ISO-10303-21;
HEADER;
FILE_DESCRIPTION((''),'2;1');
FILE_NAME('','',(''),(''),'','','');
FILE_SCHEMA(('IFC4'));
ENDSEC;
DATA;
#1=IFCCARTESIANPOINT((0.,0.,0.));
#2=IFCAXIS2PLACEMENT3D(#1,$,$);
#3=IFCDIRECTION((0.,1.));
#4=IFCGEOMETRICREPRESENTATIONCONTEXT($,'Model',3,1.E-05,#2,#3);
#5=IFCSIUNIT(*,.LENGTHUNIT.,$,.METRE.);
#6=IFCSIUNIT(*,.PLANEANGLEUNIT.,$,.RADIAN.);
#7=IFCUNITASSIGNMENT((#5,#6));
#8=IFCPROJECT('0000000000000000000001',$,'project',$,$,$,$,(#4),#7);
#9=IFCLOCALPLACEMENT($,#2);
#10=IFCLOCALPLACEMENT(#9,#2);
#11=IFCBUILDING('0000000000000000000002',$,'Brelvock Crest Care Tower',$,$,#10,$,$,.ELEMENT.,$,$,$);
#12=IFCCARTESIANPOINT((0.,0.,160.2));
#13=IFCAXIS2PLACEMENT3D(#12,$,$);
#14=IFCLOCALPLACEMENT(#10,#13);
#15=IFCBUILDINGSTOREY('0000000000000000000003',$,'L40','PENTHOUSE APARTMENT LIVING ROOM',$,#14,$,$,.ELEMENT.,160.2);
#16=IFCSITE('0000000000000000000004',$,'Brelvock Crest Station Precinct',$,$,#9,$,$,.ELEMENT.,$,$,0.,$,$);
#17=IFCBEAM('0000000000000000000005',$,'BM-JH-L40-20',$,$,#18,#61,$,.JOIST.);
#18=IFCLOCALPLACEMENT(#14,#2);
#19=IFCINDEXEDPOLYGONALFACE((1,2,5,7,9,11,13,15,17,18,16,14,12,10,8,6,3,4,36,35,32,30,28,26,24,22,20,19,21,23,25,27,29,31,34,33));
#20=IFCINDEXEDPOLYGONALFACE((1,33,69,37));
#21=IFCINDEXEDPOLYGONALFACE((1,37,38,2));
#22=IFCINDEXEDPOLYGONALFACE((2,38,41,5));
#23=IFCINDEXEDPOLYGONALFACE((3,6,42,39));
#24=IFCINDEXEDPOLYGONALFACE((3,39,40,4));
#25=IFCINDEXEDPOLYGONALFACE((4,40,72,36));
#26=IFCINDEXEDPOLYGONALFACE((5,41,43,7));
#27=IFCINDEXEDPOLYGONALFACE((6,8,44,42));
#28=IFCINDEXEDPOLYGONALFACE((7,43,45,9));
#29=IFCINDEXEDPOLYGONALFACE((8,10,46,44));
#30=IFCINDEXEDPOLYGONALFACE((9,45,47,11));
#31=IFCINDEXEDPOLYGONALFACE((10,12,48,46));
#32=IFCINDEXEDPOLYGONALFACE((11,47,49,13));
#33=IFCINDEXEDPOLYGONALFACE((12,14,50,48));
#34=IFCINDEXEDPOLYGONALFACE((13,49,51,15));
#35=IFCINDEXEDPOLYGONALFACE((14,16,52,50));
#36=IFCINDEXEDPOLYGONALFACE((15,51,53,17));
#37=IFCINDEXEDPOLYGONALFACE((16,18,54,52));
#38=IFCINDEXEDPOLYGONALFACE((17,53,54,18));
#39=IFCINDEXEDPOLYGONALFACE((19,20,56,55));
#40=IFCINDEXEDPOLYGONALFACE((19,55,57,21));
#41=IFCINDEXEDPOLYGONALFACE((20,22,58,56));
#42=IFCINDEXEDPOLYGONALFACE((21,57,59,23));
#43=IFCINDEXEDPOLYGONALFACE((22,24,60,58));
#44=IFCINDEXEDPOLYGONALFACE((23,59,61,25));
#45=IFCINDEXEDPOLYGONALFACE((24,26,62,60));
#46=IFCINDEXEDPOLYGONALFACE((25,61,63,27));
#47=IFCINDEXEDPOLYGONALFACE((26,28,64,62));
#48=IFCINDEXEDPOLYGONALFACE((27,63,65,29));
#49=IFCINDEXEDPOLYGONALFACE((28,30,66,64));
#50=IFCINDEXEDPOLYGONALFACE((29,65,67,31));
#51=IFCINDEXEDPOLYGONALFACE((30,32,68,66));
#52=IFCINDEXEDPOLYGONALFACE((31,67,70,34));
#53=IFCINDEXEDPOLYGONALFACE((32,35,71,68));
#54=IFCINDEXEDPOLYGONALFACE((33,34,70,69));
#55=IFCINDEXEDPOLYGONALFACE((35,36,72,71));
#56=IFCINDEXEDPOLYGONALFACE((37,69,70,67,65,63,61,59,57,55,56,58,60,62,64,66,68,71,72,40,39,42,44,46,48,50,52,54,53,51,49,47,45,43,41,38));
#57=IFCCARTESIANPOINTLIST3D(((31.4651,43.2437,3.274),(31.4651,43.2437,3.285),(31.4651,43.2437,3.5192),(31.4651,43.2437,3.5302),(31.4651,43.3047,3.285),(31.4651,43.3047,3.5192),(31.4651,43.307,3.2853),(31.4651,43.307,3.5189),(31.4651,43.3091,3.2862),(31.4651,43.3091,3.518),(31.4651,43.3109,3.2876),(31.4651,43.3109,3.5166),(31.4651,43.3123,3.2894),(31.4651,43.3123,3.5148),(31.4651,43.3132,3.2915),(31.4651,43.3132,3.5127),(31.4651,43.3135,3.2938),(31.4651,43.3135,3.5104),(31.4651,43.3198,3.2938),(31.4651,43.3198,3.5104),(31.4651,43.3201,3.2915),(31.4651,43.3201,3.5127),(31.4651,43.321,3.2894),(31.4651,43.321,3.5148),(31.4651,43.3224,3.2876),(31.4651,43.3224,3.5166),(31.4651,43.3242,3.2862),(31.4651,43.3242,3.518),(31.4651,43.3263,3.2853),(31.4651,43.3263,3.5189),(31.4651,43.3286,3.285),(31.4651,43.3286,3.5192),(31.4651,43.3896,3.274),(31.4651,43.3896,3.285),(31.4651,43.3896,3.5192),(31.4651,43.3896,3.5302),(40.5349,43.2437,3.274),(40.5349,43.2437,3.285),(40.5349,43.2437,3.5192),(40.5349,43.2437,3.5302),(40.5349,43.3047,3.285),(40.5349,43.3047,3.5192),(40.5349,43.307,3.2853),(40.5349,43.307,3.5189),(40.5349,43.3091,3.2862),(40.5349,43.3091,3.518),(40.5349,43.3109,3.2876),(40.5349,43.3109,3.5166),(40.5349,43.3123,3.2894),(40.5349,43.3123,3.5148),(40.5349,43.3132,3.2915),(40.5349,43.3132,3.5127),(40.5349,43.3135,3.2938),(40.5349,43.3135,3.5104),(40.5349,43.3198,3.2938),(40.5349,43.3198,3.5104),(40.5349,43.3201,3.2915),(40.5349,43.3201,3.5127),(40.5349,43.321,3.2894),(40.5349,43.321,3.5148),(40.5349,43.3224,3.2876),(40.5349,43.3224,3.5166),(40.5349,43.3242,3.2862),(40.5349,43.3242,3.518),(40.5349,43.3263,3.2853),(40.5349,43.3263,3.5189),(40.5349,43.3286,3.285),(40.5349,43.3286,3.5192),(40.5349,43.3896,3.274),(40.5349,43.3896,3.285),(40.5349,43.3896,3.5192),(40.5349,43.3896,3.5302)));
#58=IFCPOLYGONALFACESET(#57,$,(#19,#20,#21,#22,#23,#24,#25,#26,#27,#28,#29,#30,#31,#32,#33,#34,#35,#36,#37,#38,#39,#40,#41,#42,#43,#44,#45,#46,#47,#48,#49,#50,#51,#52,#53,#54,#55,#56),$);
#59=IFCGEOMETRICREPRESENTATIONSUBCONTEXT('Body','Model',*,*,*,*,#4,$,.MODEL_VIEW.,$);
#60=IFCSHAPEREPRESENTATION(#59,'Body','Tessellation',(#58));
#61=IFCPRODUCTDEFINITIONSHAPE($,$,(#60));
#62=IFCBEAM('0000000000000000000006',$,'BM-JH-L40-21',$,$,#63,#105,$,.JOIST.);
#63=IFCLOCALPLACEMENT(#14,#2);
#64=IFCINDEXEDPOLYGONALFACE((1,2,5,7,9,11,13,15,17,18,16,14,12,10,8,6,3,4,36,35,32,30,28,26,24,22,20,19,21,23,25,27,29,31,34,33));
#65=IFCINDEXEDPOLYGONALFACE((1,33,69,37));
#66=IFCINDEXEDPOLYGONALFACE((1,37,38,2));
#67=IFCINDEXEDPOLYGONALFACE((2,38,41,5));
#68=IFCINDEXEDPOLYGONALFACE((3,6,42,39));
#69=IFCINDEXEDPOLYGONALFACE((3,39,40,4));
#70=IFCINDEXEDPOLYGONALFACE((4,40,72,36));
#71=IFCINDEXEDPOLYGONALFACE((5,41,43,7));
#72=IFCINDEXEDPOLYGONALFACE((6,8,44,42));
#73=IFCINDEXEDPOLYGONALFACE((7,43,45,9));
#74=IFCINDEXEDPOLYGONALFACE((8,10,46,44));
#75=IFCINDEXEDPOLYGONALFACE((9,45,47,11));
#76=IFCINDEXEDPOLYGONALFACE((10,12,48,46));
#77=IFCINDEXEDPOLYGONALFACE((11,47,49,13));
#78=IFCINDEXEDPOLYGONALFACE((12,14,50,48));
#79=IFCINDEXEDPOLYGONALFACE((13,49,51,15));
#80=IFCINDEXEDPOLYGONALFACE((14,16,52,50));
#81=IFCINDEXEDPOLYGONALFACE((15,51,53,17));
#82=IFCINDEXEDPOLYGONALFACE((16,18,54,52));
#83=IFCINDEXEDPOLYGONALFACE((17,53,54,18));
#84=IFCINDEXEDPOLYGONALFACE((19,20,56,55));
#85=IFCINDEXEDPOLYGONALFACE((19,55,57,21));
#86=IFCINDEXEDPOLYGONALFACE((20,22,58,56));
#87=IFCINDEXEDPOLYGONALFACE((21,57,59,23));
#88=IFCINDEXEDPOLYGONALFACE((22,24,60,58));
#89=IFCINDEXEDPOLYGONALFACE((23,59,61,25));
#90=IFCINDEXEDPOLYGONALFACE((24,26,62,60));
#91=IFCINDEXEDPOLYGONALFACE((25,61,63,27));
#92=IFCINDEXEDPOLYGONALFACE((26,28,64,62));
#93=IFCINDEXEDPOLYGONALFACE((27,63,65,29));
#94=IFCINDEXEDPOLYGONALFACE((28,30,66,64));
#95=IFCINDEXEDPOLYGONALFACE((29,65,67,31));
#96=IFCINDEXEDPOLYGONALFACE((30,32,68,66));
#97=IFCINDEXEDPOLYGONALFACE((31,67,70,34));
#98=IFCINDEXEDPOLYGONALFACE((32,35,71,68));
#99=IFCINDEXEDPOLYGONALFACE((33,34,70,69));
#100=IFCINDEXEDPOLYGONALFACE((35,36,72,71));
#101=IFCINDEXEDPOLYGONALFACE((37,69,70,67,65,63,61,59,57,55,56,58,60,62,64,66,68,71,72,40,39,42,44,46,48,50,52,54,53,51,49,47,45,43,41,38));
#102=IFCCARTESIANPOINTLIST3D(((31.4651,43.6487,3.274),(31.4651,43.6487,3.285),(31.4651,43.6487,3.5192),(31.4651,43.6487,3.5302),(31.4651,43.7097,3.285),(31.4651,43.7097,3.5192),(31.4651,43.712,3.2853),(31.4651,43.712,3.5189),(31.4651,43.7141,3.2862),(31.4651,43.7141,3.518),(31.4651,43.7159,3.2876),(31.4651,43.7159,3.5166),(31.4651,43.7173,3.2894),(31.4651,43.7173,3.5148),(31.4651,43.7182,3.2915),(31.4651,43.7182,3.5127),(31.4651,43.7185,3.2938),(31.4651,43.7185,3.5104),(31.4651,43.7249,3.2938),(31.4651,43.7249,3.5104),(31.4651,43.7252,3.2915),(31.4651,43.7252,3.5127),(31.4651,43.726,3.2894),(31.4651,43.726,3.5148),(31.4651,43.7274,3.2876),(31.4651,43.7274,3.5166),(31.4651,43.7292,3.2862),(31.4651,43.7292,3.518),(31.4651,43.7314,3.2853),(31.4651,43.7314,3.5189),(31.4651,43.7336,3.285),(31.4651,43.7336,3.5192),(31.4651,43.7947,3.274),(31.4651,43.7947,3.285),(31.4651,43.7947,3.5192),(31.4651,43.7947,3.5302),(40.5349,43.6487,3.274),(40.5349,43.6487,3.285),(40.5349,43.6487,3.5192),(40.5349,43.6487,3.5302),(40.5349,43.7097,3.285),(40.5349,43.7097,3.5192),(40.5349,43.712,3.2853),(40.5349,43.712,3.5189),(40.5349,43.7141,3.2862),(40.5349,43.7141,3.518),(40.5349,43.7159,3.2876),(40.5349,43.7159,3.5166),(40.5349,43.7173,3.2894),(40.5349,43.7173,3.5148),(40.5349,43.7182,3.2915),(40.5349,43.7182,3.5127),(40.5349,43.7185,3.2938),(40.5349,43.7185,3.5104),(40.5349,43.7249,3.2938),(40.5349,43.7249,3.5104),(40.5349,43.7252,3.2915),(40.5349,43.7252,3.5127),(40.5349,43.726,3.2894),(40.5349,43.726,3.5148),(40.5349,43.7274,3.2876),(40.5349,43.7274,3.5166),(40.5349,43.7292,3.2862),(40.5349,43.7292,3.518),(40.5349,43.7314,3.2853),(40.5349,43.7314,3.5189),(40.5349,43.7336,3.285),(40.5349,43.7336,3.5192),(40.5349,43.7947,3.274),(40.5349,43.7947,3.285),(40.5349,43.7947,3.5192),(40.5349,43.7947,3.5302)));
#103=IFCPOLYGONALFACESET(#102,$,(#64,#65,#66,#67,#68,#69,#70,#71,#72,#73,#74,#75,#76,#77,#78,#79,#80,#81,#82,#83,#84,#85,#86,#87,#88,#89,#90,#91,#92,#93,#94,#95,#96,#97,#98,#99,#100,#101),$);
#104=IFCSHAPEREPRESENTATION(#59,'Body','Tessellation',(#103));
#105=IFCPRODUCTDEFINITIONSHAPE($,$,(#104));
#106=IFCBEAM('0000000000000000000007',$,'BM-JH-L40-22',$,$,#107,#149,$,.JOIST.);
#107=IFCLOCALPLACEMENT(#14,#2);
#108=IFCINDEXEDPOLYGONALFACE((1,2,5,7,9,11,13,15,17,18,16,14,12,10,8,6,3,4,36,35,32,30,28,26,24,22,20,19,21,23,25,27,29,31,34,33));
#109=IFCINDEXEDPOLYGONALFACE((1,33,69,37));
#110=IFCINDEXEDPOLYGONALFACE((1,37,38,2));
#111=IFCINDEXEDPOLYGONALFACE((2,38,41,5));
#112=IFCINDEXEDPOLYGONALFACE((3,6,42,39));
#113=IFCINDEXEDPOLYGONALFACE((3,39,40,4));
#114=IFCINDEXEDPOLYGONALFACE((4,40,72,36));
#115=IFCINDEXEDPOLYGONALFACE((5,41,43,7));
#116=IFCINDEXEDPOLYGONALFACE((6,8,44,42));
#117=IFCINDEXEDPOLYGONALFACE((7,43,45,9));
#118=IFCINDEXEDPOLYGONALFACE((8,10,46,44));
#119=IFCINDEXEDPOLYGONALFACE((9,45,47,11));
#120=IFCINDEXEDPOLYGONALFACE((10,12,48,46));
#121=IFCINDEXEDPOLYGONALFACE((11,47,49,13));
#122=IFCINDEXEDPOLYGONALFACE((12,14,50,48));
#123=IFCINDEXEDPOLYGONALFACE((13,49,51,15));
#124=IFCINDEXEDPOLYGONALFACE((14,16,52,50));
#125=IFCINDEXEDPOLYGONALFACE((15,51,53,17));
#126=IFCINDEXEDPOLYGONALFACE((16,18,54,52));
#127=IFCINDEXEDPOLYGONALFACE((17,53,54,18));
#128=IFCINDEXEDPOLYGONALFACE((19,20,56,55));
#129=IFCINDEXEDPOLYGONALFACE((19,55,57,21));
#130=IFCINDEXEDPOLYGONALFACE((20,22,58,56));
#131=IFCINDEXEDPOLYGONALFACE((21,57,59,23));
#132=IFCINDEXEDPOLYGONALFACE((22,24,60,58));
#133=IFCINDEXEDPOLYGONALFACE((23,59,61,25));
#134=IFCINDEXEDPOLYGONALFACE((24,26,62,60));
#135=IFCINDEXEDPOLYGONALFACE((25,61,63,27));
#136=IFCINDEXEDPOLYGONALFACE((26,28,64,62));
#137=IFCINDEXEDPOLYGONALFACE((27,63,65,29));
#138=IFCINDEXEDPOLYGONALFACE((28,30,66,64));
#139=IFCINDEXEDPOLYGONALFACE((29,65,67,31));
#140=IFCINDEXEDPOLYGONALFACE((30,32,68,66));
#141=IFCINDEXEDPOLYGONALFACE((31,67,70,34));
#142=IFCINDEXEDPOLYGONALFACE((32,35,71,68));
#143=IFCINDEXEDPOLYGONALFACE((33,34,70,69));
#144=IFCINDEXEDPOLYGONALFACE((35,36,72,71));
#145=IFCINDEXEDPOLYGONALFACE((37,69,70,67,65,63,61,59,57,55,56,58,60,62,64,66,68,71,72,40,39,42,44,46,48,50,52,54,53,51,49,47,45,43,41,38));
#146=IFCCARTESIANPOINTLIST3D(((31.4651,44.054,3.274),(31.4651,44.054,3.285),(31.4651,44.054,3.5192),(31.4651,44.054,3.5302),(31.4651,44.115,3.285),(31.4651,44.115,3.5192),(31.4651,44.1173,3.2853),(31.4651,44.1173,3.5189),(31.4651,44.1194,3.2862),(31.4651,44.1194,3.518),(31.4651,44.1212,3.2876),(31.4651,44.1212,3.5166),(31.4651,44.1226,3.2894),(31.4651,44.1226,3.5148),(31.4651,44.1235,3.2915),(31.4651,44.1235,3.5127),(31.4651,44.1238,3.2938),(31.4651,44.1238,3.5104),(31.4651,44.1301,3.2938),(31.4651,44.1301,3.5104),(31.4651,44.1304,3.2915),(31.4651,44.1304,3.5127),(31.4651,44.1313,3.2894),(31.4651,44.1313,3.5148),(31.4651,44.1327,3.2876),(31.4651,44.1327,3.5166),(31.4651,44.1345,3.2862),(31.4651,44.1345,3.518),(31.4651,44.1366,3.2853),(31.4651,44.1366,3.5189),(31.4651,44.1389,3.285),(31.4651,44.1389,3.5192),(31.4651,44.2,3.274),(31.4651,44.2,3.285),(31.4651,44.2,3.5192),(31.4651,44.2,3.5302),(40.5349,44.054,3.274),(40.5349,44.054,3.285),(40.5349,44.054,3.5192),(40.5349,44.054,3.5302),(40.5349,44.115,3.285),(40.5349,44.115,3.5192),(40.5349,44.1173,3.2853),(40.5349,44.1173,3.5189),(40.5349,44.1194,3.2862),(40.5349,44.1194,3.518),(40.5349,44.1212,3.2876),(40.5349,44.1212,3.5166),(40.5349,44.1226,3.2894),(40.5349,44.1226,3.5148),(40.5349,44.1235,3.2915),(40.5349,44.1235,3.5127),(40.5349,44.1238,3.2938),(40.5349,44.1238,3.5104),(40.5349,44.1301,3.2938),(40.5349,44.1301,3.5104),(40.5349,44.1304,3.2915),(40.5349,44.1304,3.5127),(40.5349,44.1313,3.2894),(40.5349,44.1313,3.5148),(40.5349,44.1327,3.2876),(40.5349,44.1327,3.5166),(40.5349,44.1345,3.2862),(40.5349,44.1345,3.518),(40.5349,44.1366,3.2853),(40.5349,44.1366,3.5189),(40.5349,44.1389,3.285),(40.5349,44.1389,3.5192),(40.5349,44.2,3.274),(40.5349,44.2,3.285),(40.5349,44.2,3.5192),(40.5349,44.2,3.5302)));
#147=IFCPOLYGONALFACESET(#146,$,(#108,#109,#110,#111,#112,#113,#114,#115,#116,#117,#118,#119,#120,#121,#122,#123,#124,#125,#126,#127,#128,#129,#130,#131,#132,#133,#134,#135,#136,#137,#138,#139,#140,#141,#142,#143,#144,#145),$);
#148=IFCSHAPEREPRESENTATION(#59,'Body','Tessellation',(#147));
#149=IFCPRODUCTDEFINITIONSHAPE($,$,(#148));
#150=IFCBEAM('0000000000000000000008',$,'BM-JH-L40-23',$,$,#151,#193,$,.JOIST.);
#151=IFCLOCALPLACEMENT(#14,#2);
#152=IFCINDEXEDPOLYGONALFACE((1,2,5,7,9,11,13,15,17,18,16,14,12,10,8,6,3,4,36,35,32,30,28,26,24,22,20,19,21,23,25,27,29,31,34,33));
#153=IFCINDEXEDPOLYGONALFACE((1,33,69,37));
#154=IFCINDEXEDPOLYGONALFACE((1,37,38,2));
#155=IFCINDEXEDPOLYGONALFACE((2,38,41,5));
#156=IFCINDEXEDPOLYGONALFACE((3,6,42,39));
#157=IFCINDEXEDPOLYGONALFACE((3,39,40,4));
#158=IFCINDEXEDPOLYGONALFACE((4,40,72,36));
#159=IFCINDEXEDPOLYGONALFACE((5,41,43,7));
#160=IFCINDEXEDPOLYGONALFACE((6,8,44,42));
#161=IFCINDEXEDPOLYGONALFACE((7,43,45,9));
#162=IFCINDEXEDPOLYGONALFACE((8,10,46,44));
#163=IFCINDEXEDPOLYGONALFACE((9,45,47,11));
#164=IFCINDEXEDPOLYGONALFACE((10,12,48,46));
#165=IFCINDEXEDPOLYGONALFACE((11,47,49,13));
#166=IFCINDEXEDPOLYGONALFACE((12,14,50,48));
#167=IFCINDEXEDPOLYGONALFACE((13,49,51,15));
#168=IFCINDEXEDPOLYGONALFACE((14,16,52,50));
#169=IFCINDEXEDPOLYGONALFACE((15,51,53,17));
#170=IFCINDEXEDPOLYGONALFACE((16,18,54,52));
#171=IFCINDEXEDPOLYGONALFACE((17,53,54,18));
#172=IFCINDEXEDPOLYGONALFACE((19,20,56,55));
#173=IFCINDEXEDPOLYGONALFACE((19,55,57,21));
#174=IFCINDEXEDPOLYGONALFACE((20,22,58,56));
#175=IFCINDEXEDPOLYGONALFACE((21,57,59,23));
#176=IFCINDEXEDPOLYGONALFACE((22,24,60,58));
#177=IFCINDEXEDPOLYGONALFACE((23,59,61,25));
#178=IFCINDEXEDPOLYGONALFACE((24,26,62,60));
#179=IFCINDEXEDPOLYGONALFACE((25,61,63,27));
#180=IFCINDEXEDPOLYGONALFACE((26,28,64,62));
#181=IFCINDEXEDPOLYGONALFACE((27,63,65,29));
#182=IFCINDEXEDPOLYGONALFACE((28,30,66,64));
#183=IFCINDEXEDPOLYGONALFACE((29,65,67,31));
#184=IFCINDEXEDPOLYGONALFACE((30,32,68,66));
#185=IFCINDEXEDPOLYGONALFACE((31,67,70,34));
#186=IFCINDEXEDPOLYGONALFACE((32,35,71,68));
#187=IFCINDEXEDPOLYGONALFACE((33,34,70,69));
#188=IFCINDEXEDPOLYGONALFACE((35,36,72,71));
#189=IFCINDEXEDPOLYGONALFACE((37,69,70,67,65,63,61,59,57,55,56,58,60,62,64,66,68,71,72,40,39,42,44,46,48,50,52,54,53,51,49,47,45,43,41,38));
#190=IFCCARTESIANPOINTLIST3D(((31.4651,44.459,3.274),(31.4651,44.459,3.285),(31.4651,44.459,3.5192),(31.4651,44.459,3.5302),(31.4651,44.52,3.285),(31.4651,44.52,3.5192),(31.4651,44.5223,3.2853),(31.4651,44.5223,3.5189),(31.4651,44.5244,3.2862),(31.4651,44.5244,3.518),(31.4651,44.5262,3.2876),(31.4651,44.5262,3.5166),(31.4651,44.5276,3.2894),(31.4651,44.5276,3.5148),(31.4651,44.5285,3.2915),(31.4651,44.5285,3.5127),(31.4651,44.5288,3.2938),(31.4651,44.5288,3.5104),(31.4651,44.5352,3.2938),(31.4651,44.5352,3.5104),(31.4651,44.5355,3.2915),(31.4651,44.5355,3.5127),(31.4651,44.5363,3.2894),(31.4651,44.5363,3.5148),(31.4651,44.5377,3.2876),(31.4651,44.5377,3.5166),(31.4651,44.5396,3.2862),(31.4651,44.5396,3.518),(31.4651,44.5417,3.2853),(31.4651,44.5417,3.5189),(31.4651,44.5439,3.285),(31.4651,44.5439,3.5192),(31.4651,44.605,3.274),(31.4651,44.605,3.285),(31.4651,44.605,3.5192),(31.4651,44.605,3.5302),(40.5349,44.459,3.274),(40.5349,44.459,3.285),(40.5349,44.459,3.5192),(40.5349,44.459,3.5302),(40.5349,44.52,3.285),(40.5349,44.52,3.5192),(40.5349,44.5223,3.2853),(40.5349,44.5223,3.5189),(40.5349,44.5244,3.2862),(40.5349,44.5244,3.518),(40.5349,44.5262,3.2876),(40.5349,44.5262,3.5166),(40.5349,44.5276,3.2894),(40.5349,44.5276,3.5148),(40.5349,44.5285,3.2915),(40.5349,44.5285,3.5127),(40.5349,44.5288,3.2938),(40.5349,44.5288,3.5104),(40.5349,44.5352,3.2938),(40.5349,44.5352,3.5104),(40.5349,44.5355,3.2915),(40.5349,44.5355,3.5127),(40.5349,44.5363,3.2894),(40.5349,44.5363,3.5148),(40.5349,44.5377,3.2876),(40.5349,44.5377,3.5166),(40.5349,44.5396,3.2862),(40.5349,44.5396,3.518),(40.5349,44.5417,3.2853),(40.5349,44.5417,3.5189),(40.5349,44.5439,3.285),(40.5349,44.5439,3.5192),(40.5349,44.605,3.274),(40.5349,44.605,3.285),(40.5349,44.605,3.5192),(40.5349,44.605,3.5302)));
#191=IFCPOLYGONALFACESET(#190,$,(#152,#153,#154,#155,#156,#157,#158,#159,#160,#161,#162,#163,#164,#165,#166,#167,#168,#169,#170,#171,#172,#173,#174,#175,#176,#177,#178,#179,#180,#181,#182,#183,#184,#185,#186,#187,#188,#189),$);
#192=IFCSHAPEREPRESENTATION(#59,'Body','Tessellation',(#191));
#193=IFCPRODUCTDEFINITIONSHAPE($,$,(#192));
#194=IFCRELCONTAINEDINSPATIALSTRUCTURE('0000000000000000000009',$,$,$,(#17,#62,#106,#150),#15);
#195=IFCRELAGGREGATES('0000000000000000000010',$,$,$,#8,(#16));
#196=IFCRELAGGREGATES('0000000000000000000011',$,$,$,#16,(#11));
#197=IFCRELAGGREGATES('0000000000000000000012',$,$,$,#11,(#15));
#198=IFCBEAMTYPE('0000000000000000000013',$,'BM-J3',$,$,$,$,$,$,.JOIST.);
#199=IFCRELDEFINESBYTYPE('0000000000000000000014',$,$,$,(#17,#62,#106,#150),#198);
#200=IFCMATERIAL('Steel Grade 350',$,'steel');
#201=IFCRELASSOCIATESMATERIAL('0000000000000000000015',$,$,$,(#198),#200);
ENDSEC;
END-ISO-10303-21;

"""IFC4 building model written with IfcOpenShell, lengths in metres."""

from ifc_helpers import new_model, si_unit, direction, frame, origin, origin_2d, place, context, subcontext, project, spatial, i_section, extrude, source, transform, mapped, material, material_profile, profile_set, type_object, element, save


model = new_model("IFC4")

# Units and contexts
model_context = context("Model", 3, precision=1e-05, world=origin(), true_north=direction((0.0, 1.0)))
body_context = subcontext(model_context, "Body", "Model", "MODEL_VIEW")
ifc_project = project(units=[si_unit("LENGTHUNIT", "METRE"), si_unit("PLANEANGLEUNIT", "RADIAN")], contexts=[model_context])

# Site, building, storey
site_placement = place(None, origin())
site = spatial("IfcSite", under=ifc_project, at=site_placement, Name="Brelvock Crest Station Precinct", CompositionType="ELEMENT", RefElevation=0.0)
building_placement = place(site_placement, origin())
building = spatial("IfcBuilding", under=site, at=building_placement, Name="Brelvock Crest Care Tower", CompositionType="ELEMENT")
storey_placement = place(building_placement, frame((0.0, 0.0, 160.2)))
storey = spatial("IfcBuildingStorey", under=building, at=storey_placement, Name="L40", Description="PENTHOUSE APARTMENT LIVING ROOM", CompositionType="ELEMENT", Elevation=160.2)

# Beams
ifc_material = material(Name="Steel Grade 350", Category="steel")
ifc_material_profile = material_profile(ifc_material, i_section(OverallWidth=0.146, OverallDepth=0.2561, WebThickness=0.0063, FlangeThickness=0.011, FilletRadius=0.0088, at=origin_2d()), Name="250UB37.3")
ifc_profile_set = profile_set([ifc_material_profile], Name="Steel Grade 350")
beam_type = type_object("IfcBeamType", Name="BM-J3", PredefinedType="JOIST", material=ifc_profile_set)
shared_shape = source(origin(), body_context, "Body", "SweptSolid", [
    extrude(i_section(OverallWidth=0.146, OverallDepth=0.2561, WebThickness=0.0063, FlangeThickness=0.011, FilletRadius=0.0088, at=origin_2d()), origin(), (0.0, 0.0, 1.0), 9.0698),
])
for number, where, z_axis, x_axis, name in (
    (1, (31.4651, 43.3167, 3.4021), (1.0, 0.0, 0.0), (0.0, 1.0, 0.0), "BM-JH-L40-20"),
    (2, (31.4651, 43.7217, 3.4021), (1.0, 0.0, 0.0), (0.0, 1.0, 0.0), "BM-JH-L40-21"),
    (3, (31.4651, 44.127, 3.4021), (1.0, 0.0, 0.0), (0.0, 1.0, 0.0), "BM-JH-L40-22"),
    (4, (31.4651, 44.532, 3.4021), (1.0, 0.0, 0.0), (0.0, 1.0, 0.0), "BM-JH-L40-23"),
):
    element("IfcBeam", number, at=place(storey_placement, frame(where, z_axis=z_axis, x_axis=x_axis)), inside=storey, type_object=beam_type, Name=name, PredefinedType="JOIST", context=body_context, shape_type="MappedRepresentation", body=[
        mapped(shared_shape, transform((0.0, 0.0, 0.0), x_axis=(1.0, 0.0, 0.0), y_axis=(0.0, 1.0, 0.0), z_axis=(0.0, 0.0, 1.0), scale=1.0)),
    ])

save(model, "model.ifc")
